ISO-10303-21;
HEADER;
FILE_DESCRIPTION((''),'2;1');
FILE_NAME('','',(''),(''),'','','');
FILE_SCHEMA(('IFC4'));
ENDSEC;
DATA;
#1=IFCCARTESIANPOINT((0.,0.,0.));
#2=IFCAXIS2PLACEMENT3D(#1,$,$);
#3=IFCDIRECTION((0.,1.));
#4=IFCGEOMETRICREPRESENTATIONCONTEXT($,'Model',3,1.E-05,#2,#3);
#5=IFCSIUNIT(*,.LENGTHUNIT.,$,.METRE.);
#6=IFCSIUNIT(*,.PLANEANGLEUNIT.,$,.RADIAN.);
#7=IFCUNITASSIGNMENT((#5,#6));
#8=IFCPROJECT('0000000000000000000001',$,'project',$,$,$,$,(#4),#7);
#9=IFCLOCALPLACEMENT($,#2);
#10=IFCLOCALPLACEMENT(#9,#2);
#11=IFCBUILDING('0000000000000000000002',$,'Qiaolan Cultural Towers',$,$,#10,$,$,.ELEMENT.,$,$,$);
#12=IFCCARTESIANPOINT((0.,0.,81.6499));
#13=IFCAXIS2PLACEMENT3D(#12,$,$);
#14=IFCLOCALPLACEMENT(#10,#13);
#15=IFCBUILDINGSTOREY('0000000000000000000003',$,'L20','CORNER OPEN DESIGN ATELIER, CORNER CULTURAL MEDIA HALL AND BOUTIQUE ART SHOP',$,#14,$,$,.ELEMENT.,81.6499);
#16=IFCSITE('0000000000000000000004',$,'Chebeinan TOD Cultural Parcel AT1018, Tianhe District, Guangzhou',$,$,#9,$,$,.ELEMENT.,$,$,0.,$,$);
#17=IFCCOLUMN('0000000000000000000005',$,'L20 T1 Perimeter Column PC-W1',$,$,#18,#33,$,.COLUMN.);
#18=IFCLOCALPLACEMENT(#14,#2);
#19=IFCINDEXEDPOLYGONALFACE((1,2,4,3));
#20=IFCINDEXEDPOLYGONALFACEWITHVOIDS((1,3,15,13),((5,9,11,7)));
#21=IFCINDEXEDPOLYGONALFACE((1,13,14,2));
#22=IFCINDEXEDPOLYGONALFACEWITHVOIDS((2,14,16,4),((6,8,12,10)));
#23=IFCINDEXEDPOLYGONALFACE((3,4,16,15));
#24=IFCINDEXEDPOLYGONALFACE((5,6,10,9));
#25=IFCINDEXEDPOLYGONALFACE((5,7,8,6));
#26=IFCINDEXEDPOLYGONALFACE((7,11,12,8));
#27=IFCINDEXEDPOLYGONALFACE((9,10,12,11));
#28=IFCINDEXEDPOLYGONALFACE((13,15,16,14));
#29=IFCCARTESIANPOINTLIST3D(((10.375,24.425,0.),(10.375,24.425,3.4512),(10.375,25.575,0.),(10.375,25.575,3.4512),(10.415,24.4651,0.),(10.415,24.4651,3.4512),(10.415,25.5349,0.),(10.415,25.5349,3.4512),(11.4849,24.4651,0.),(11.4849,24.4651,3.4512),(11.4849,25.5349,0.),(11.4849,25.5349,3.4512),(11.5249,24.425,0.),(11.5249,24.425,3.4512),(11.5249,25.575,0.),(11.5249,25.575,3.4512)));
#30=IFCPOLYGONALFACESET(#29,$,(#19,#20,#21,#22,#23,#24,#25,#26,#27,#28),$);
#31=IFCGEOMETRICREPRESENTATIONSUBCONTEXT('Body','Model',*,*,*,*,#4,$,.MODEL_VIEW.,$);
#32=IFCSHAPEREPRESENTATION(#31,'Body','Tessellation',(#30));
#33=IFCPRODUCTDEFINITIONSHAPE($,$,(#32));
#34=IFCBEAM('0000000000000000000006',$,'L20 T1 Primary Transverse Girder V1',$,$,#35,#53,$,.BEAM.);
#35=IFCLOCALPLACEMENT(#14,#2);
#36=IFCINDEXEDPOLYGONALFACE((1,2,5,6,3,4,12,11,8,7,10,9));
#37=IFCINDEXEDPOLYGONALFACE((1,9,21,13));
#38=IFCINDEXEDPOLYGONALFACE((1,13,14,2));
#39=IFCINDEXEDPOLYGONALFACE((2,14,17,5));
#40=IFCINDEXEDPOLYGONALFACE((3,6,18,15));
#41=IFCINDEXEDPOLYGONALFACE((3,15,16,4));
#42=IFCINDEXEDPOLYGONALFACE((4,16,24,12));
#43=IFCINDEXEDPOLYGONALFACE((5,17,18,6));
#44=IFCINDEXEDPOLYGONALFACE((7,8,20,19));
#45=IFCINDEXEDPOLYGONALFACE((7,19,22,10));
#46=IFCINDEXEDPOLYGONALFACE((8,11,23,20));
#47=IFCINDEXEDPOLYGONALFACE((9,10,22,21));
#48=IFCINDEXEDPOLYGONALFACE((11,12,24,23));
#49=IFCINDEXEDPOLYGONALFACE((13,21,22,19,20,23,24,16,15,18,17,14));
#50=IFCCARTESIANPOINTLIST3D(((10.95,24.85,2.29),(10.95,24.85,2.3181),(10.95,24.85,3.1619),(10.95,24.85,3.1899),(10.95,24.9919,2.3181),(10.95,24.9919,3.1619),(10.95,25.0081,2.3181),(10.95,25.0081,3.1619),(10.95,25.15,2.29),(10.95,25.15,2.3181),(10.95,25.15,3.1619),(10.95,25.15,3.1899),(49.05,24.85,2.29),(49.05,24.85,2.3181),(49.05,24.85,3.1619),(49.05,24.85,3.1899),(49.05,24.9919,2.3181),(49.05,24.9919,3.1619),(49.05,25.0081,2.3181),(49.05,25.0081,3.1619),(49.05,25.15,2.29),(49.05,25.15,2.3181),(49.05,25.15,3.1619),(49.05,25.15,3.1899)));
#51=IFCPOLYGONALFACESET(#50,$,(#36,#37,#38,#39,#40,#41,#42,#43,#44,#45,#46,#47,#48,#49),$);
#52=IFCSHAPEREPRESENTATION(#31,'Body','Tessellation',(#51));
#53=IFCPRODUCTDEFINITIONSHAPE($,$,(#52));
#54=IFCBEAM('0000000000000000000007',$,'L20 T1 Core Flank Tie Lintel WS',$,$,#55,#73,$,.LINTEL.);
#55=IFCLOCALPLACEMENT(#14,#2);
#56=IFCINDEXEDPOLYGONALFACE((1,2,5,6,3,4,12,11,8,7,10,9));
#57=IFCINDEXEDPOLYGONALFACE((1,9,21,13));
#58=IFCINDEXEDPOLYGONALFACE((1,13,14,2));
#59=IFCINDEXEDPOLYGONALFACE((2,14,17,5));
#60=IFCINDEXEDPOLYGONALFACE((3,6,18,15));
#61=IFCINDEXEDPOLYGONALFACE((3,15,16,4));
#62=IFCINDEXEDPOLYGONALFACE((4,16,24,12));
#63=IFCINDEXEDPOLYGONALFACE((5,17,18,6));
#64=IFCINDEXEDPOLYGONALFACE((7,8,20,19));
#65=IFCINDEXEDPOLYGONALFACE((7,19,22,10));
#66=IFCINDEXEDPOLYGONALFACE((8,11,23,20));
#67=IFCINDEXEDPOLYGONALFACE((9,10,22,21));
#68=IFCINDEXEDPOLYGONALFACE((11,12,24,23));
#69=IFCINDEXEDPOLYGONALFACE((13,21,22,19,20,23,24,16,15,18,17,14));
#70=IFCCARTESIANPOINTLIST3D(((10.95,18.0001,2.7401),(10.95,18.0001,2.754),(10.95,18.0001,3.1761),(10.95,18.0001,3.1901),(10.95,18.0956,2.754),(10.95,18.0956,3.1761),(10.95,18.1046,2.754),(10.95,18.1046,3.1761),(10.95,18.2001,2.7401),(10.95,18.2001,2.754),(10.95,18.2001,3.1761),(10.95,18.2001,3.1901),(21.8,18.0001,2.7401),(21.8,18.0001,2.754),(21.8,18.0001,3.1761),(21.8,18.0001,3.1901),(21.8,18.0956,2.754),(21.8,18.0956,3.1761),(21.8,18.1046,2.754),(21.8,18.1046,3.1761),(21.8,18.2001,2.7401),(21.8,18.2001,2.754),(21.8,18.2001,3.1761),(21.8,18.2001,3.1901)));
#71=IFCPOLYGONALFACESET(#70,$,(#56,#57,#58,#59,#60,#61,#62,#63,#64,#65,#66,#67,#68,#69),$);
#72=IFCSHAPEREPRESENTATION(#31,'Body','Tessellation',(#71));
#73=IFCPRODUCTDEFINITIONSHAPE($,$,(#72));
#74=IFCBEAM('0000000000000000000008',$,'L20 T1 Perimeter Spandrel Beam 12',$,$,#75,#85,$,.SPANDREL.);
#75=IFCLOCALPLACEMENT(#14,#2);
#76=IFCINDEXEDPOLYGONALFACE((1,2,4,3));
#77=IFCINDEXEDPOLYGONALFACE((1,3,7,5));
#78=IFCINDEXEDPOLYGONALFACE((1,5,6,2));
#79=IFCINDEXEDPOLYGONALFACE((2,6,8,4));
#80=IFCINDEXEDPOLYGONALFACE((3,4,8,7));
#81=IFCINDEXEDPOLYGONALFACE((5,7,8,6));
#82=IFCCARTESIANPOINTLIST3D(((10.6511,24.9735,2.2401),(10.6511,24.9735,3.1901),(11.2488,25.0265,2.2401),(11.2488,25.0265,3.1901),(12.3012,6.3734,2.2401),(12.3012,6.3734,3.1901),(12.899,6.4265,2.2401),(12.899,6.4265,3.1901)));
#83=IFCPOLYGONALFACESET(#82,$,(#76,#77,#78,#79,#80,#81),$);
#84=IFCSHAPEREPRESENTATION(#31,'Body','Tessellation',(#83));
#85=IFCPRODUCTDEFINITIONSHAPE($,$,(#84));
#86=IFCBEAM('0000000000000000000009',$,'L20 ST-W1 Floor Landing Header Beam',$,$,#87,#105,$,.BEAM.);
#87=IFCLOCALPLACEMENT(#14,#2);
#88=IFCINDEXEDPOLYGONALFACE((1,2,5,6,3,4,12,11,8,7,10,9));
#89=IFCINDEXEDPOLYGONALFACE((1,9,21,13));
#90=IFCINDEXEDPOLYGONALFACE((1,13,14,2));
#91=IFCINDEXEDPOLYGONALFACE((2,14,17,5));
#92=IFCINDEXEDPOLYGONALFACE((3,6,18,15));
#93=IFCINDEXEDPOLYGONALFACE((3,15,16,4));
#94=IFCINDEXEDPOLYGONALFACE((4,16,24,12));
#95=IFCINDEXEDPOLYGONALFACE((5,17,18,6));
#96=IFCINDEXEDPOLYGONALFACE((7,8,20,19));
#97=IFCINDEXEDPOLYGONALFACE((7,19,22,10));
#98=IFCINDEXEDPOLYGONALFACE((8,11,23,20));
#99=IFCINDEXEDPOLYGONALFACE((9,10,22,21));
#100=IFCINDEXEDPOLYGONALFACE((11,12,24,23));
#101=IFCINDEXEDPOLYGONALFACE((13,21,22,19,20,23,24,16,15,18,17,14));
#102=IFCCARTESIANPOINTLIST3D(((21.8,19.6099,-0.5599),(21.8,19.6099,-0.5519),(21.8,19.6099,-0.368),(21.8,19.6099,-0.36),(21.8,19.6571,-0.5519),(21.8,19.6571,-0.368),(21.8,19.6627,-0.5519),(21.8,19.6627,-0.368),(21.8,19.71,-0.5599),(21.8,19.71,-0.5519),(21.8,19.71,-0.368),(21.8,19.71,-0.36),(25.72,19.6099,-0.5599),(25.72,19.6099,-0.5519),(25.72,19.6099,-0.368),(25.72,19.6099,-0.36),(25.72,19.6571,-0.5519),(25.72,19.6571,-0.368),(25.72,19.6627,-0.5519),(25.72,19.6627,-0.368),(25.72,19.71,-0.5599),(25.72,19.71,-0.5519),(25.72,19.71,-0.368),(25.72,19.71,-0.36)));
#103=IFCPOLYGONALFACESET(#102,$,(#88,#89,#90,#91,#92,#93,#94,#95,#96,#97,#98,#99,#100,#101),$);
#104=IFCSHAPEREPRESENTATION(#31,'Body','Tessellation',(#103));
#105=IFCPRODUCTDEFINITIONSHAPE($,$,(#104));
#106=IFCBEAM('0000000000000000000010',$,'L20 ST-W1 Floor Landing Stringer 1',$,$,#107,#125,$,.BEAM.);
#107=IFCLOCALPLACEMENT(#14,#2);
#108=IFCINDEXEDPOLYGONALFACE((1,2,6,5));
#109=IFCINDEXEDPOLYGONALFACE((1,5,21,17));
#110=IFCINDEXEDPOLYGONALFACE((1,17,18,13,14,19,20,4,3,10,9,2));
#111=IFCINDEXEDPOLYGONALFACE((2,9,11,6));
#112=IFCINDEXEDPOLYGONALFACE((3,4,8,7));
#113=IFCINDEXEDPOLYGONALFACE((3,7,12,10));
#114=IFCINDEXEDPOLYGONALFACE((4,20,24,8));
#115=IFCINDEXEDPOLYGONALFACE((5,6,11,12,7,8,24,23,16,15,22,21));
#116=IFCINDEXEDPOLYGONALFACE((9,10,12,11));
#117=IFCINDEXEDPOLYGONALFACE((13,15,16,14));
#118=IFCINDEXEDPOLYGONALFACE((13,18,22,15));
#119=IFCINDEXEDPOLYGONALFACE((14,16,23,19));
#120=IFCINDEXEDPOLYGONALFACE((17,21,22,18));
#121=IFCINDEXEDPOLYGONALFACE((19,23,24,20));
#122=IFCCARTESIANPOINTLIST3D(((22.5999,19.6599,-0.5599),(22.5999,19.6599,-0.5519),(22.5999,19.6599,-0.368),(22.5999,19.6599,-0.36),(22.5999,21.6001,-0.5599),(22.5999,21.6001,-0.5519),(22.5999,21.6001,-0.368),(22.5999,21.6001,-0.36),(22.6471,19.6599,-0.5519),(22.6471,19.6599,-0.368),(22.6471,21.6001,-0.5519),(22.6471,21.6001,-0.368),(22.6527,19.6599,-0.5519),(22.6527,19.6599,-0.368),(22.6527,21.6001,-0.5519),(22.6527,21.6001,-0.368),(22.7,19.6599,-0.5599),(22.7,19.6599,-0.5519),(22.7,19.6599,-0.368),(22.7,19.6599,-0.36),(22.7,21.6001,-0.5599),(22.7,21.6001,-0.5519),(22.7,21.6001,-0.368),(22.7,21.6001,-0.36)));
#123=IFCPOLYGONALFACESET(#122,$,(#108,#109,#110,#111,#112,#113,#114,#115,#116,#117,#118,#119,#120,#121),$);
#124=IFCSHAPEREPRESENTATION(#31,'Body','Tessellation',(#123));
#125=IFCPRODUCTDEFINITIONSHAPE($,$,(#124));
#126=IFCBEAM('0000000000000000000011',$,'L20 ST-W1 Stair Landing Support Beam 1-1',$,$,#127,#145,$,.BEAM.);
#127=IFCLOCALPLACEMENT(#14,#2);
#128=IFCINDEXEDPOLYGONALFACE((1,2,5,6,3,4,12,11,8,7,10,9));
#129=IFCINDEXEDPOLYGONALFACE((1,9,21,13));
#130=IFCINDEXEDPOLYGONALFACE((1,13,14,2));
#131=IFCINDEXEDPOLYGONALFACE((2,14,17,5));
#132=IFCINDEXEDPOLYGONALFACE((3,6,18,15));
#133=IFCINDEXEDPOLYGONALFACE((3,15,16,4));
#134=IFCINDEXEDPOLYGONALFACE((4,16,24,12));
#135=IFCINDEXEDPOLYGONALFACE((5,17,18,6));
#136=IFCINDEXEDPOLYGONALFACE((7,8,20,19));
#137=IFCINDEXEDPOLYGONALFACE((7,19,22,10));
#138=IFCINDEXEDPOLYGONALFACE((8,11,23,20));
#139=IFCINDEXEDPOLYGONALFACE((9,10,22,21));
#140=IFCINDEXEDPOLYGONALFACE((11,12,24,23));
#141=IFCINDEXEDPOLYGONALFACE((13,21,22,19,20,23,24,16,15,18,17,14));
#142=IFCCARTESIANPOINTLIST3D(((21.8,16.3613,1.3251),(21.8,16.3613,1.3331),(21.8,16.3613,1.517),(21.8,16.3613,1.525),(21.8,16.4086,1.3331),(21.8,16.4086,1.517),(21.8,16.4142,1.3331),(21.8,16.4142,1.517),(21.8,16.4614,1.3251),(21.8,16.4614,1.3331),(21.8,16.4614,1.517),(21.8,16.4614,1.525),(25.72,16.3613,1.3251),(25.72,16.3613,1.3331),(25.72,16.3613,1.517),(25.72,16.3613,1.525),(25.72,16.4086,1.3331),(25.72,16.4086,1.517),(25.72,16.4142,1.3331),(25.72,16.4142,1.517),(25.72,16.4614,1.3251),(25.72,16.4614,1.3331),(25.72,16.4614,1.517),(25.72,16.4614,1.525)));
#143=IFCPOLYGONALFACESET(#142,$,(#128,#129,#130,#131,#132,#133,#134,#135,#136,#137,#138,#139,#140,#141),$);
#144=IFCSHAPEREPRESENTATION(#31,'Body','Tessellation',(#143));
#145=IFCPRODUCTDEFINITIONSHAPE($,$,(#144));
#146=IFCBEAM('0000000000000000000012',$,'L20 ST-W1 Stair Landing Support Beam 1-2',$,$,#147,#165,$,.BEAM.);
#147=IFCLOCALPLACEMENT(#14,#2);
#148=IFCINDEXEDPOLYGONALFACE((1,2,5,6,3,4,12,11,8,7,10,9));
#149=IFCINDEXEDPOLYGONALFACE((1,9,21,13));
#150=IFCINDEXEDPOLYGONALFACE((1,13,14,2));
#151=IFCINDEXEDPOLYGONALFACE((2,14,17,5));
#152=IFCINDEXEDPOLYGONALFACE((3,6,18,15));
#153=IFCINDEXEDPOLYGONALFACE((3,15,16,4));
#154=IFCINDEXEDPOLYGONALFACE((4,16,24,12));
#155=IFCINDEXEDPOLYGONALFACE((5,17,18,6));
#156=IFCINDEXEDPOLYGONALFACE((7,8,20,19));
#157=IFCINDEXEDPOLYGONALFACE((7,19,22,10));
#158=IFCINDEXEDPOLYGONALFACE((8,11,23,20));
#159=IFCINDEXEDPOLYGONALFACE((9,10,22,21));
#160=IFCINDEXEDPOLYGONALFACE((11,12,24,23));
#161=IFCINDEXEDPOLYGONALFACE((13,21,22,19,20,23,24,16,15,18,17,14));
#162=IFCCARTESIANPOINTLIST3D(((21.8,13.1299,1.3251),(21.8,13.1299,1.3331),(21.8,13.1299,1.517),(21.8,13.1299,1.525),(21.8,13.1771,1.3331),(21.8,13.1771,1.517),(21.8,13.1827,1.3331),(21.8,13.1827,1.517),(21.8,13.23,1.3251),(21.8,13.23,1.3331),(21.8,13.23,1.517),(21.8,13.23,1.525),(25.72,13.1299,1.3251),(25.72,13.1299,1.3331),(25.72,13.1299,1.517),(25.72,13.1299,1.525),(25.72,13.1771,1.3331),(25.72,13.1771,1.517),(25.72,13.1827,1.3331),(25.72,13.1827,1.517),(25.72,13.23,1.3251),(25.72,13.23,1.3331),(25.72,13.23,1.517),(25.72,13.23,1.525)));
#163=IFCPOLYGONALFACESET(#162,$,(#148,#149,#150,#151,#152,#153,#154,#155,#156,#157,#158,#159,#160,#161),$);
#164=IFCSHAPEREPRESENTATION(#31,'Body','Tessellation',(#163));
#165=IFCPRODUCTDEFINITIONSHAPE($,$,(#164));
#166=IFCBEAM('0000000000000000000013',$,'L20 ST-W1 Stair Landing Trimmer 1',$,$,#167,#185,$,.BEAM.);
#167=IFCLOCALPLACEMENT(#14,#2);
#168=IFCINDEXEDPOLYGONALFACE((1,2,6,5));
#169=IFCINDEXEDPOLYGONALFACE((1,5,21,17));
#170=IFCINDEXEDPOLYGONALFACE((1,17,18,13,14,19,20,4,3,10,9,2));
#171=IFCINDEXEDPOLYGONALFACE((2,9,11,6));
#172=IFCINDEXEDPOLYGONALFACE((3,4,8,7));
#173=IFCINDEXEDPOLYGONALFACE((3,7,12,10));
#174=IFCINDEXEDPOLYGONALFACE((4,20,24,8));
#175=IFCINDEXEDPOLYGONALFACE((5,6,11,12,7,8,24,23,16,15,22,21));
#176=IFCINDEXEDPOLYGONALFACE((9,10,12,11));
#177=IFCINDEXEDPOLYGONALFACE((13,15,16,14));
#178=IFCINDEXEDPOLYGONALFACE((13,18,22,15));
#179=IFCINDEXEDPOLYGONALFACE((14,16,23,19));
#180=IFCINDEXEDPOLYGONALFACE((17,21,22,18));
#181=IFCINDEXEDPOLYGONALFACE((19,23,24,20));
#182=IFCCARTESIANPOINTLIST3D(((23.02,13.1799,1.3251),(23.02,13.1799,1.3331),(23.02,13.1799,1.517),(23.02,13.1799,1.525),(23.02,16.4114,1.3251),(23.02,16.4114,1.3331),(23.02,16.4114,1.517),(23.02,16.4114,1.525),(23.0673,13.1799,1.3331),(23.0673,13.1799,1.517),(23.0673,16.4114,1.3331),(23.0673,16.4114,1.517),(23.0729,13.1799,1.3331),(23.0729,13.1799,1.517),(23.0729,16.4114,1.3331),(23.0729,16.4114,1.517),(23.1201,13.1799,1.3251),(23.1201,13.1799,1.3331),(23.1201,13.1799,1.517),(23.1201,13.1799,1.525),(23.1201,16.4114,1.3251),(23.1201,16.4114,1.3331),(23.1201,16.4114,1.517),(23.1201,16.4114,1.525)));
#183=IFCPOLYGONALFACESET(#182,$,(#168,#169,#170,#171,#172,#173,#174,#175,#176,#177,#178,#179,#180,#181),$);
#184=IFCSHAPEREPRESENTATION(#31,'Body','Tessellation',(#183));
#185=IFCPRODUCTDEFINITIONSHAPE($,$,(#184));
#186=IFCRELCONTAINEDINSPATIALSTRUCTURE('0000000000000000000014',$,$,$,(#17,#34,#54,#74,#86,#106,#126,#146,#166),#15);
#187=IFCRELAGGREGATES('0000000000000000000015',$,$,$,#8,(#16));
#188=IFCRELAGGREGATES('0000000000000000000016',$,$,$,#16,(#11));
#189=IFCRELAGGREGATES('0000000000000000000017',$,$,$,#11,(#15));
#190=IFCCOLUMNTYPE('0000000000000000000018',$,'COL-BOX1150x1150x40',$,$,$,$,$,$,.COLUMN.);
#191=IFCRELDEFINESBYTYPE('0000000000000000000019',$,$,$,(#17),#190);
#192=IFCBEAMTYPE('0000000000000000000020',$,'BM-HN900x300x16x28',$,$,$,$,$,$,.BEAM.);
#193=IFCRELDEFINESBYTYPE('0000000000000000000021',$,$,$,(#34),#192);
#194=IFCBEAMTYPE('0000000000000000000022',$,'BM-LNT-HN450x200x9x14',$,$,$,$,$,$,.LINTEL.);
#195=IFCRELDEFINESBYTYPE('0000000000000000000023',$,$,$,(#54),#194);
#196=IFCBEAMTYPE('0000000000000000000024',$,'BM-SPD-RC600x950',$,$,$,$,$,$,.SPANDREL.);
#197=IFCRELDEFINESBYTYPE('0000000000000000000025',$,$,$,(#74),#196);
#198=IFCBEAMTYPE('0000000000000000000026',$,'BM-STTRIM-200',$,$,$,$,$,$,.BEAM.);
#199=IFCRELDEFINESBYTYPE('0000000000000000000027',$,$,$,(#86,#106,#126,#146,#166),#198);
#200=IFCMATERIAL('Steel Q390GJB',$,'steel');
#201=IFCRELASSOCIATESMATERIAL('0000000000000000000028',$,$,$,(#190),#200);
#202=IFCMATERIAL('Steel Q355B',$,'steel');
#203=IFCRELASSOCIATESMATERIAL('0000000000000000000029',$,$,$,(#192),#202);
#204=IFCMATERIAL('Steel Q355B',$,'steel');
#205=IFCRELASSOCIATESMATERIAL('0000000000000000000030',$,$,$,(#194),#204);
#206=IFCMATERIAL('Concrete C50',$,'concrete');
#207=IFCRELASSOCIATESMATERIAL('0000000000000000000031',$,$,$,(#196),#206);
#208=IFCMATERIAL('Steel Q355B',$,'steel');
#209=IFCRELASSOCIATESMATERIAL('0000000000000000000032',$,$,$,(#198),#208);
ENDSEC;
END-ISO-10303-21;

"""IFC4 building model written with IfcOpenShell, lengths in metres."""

from ifc_helpers import new_model, si_unit, direction, frame, origin, origin_2d, place, context, subcontext, project, spatial, rectangle, hollow_rectangle, i_section, extrude, material, material_profile, profile_set, type_object, element, save


model = new_model("IFC4")

# Units and contexts
model_context = context("Model", 3, precision=1e-05, world=origin(), true_north=direction((0.0, 1.0)))
body_context = subcontext(model_context, "Body", "Model", "MODEL_VIEW")
ifc_project = project(units=[si_unit("LENGTHUNIT", "METRE"), si_unit("PLANEANGLEUNIT", "RADIAN")], contexts=[model_context])

# Site, building, storey
site_placement = place(None, origin())
site = spatial("IfcSite", under=ifc_project, at=site_placement, Name="Chebeinan TOD Cultural Parcel AT1018, Tianhe District, Guangzhou", CompositionType="ELEMENT", RefElevation=0.0)
building_placement = place(site_placement, origin())
building = spatial("IfcBuilding", under=site, at=building_placement, Name="Qiaolan Cultural Towers", CompositionType="ELEMENT")
storey_placement = place(building_placement, frame((0.0, 0.0, 81.6499)))
storey = spatial("IfcBuildingStorey", under=building, at=storey_placement, Name="L20", Description="CORNER OPEN DESIGN ATELIER, CORNER CULTURAL MEDIA HALL AND BOUTIQUE ART SHOP", CompositionType="ELEMENT", Elevation=81.6499)

# Column
ifc_material_1 = material(Name="Steel Q390GJB", Category="steel")
ifc_material_profile_1 = material_profile(ifc_material_1, hollow_rectangle(XDim=1.1499, YDim=1.1499, WallThickness=0.04, at=origin_2d()), Name="BOX1150x1150x40")
ifc_profile_set_1 = profile_set([ifc_material_profile_1], Name="Steel Q390GJB")
column_type = type_object("IfcColumnType", Name="COL-BOX1150x1150x40", PredefinedType="COLUMN", material=ifc_profile_set_1)
column_placement = place(storey_placement, frame((10.95, 25.0, 0.0), z_axis=(0.0, 0.0, 1.0), x_axis=(1.0, 0.0, 0.0)))
element("IfcColumn", 1, at=column_placement, inside=storey, type_object=column_type, Name="L20 T1 Perimeter Column PC-W1", PredefinedType="COLUMN", context=body_context, shape_type="SweptSolid", body=[
    extrude(hollow_rectangle(XDim=1.1499, YDim=1.1499, WallThickness=0.04, at=origin_2d()), origin(), (0.0, 0.0, 1.0), 3.4512),
])

# Beams
ifc_material_2 = material(Name="Steel Q355B", Category="steel")
ifc_material_profile_2 = material_profile(ifc_material_2, i_section(OverallWidth=0.3, OverallDepth=0.8999, WebThickness=0.0161, FlangeThickness=0.0281, at=origin_2d()), Name="HN900x300x16x28")
ifc_profile_set_2 = profile_set([ifc_material_profile_2], Name="Steel Q355B")
beam_type_1 = type_object("IfcBeamType", Name="BM-HN900x300x16x28", PredefinedType="BEAM", material=ifc_profile_set_2)
beam_1_placement = place(storey_placement, frame((10.95, 25.0, 2.74), z_axis=(1.0, 0.0, 0.0), x_axis=(0.0, 1.0, 0.0)))
element("IfcBeam", 2, at=beam_1_placement, inside=storey, type_object=beam_type_1, Name="L20 T1 Primary Transverse Girder V1", PredefinedType="BEAM", context=body_context, shape_type="SweptSolid", body=[
    extrude(i_section(OverallWidth=0.3, OverallDepth=0.8999, WebThickness=0.0161, FlangeThickness=0.0281, at=origin_2d()), origin(), (0.0, 0.0, 1.0), 38.1001),
])
ifc_material_3 = material(Name="Steel Q355B", Category="steel")
ifc_material_profile_3 = material_profile(ifc_material_3, i_section(OverallWidth=0.2, OverallDepth=0.45, WebThickness=0.009, FlangeThickness=0.0139, at=origin_2d()), Name="HN450x200x9x14")
ifc_profile_set_3 = profile_set([ifc_material_profile_3], Name="Steel Q355B")
beam_type_2 = type_object("IfcBeamType", Name="BM-LNT-HN450x200x9x14", PredefinedType="LINTEL", material=ifc_profile_set_3)
beam_2_placement = place(storey_placement, frame((21.8, 18.1001, 2.9651), z_axis=(-1.0, 0.0, 0.0), x_axis=(0.0, -1.0, 0.0)))
element("IfcBeam", 3, at=beam_2_placement, inside=storey, type_object=beam_type_2, Name="L20 T1 Core Flank Tie Lintel WS", PredefinedType="LINTEL", context=body_context, shape_type="SweptSolid", body=[
    extrude(i_section(OverallWidth=0.2, OverallDepth=0.45, WebThickness=0.009, FlangeThickness=0.0139, at=origin_2d()), origin(), (0.0, 0.0, 1.0), 10.8501),
])
ifc_material_4 = material(Name="Concrete C50", Category="concrete")
ifc_material_profile_4 = material_profile(ifc_material_4, rectangle(XDim=0.6001, YDim=0.95, at=origin_2d()), Name="RC600x950")
ifc_profile_set_4 = profile_set([ifc_material_profile_4], Name="Concrete C50")
beam_type_3 = type_object("IfcBeamType", Name="BM-SPD-RC600x950", PredefinedType="SPANDREL", material=ifc_profile_set_4)
beam_3_placement = place(storey_placement, frame((10.95, 25.0, 2.7151), z_axis=(0.08837, -0.996088, 0.0), x_axis=(0.996088, 0.08837, 0.0)))
element("IfcBeam", 4, at=beam_3_placement, inside=storey, type_object=beam_type_3, Name="L20 T1 Perimeter Spandrel Beam 12", PredefinedType="SPANDREL", context=body_context, shape_type="SweptSolid", body=[
    extrude(rectangle(XDim=0.6001, YDim=0.95, at=origin_2d()), origin(), (0.0, 0.0, 1.0), 18.6731),
])
ifc_material_5 = material(Name="Steel Q355B", Category="steel")
ifc_material_profile_5 = material_profile(ifc_material_5, i_section(OverallWidth=0.1001, OverallDepth=0.2, WebThickness=0.0056, FlangeThickness=0.0081, at=origin_2d()), Name="HN200x100x5.5x8")
ifc_profile_set_5 = profile_set([ifc_material_profile_5], Name="Steel Q355B")
beam_type_4 = type_object("IfcBeamType", Name="BM-STTRIM-200", PredefinedType="BEAM", material=ifc_profile_set_5)
beam_4_placement = place(storey_placement, frame((21.8, 19.6599, -0.46), z_axis=(1.0, 0.0, 0.0), x_axis=(0.0, 1.0, 0.0)))
element("IfcBeam", 5, at=beam_4_placement, inside=storey, type_object=beam_type_4, Name="L20 ST-W1 Floor Landing Header Beam", PredefinedType="BEAM", context=body_context, shape_type="SweptSolid", body=[
    extrude(i_section(OverallWidth=0.1001, OverallDepth=0.2, WebThickness=0.0056, FlangeThickness=0.0081, at=origin_2d()), origin(), (0.0, 0.0, 1.0), 3.9199),
])
beam_5_placement = place(storey_placement, frame((22.6499, 21.6001, -0.46), z_axis=(0.0, -1.0, 0.0), x_axis=(1.0, 0.0, 0.0)))
element("IfcBeam", 6, at=beam_5_placement, inside=storey, type_object=beam_type_4, Name="L20 ST-W1 Floor Landing Stringer 1", PredefinedType="BEAM", context=body_context, shape_type="SweptSolid", body=[
    extrude(i_section(OverallWidth=0.1001, OverallDepth=0.2, WebThickness=0.0056, FlangeThickness=0.0081, at=origin_2d()), origin(), (0.0, 0.0, 1.0), 1.9402),
])
for number, where, z_axis, x_axis, name in (
    (7, (21.8, 16.4114, 1.425), (1.0, 0.0, 0.0), (0.0, 1.0, 0.0), "L20 ST-W1 Stair Landing Support Beam 1-1"),
    (8, (21.8, 13.1799, 1.425), (1.0, 0.0, 0.0), (0.0, 1.0, 0.0), "L20 ST-W1 Stair Landing Support Beam 1-2"),
):
    element("IfcBeam", number, at=place(storey_placement, frame(where, z_axis=z_axis, x_axis=x_axis)), inside=storey, type_object=beam_type_4, Name=name, PredefinedType="BEAM", context=body_context, shape_type="SweptSolid", body=[
        extrude(i_section(OverallWidth=0.1001, OverallDepth=0.2, WebThickness=0.0056, FlangeThickness=0.0081, at=origin_2d()), origin(), (0.0, 0.0, 1.0), 3.9199),
    ])
beam_6_placement = place(storey_placement, frame((23.0701, 16.4114, 1.425), z_axis=(0.0, -1.0, 0.0), x_axis=(1.0, 0.0, 0.0)))
element("IfcBeam", 9, at=beam_6_placement, inside=storey, type_object=beam_type_4, Name="L20 ST-W1 Stair Landing Trimmer 1", PredefinedType="BEAM", context=body_context, shape_type="SweptSolid", body=[
    extrude(i_section(OverallWidth=0.1001, OverallDepth=0.2, WebThickness=0.0056, FlangeThickness=0.0081, at=origin_2d()), origin(), (0.0, 0.0, 1.0), 3.2314),
])

save(model, "model.ifc")
